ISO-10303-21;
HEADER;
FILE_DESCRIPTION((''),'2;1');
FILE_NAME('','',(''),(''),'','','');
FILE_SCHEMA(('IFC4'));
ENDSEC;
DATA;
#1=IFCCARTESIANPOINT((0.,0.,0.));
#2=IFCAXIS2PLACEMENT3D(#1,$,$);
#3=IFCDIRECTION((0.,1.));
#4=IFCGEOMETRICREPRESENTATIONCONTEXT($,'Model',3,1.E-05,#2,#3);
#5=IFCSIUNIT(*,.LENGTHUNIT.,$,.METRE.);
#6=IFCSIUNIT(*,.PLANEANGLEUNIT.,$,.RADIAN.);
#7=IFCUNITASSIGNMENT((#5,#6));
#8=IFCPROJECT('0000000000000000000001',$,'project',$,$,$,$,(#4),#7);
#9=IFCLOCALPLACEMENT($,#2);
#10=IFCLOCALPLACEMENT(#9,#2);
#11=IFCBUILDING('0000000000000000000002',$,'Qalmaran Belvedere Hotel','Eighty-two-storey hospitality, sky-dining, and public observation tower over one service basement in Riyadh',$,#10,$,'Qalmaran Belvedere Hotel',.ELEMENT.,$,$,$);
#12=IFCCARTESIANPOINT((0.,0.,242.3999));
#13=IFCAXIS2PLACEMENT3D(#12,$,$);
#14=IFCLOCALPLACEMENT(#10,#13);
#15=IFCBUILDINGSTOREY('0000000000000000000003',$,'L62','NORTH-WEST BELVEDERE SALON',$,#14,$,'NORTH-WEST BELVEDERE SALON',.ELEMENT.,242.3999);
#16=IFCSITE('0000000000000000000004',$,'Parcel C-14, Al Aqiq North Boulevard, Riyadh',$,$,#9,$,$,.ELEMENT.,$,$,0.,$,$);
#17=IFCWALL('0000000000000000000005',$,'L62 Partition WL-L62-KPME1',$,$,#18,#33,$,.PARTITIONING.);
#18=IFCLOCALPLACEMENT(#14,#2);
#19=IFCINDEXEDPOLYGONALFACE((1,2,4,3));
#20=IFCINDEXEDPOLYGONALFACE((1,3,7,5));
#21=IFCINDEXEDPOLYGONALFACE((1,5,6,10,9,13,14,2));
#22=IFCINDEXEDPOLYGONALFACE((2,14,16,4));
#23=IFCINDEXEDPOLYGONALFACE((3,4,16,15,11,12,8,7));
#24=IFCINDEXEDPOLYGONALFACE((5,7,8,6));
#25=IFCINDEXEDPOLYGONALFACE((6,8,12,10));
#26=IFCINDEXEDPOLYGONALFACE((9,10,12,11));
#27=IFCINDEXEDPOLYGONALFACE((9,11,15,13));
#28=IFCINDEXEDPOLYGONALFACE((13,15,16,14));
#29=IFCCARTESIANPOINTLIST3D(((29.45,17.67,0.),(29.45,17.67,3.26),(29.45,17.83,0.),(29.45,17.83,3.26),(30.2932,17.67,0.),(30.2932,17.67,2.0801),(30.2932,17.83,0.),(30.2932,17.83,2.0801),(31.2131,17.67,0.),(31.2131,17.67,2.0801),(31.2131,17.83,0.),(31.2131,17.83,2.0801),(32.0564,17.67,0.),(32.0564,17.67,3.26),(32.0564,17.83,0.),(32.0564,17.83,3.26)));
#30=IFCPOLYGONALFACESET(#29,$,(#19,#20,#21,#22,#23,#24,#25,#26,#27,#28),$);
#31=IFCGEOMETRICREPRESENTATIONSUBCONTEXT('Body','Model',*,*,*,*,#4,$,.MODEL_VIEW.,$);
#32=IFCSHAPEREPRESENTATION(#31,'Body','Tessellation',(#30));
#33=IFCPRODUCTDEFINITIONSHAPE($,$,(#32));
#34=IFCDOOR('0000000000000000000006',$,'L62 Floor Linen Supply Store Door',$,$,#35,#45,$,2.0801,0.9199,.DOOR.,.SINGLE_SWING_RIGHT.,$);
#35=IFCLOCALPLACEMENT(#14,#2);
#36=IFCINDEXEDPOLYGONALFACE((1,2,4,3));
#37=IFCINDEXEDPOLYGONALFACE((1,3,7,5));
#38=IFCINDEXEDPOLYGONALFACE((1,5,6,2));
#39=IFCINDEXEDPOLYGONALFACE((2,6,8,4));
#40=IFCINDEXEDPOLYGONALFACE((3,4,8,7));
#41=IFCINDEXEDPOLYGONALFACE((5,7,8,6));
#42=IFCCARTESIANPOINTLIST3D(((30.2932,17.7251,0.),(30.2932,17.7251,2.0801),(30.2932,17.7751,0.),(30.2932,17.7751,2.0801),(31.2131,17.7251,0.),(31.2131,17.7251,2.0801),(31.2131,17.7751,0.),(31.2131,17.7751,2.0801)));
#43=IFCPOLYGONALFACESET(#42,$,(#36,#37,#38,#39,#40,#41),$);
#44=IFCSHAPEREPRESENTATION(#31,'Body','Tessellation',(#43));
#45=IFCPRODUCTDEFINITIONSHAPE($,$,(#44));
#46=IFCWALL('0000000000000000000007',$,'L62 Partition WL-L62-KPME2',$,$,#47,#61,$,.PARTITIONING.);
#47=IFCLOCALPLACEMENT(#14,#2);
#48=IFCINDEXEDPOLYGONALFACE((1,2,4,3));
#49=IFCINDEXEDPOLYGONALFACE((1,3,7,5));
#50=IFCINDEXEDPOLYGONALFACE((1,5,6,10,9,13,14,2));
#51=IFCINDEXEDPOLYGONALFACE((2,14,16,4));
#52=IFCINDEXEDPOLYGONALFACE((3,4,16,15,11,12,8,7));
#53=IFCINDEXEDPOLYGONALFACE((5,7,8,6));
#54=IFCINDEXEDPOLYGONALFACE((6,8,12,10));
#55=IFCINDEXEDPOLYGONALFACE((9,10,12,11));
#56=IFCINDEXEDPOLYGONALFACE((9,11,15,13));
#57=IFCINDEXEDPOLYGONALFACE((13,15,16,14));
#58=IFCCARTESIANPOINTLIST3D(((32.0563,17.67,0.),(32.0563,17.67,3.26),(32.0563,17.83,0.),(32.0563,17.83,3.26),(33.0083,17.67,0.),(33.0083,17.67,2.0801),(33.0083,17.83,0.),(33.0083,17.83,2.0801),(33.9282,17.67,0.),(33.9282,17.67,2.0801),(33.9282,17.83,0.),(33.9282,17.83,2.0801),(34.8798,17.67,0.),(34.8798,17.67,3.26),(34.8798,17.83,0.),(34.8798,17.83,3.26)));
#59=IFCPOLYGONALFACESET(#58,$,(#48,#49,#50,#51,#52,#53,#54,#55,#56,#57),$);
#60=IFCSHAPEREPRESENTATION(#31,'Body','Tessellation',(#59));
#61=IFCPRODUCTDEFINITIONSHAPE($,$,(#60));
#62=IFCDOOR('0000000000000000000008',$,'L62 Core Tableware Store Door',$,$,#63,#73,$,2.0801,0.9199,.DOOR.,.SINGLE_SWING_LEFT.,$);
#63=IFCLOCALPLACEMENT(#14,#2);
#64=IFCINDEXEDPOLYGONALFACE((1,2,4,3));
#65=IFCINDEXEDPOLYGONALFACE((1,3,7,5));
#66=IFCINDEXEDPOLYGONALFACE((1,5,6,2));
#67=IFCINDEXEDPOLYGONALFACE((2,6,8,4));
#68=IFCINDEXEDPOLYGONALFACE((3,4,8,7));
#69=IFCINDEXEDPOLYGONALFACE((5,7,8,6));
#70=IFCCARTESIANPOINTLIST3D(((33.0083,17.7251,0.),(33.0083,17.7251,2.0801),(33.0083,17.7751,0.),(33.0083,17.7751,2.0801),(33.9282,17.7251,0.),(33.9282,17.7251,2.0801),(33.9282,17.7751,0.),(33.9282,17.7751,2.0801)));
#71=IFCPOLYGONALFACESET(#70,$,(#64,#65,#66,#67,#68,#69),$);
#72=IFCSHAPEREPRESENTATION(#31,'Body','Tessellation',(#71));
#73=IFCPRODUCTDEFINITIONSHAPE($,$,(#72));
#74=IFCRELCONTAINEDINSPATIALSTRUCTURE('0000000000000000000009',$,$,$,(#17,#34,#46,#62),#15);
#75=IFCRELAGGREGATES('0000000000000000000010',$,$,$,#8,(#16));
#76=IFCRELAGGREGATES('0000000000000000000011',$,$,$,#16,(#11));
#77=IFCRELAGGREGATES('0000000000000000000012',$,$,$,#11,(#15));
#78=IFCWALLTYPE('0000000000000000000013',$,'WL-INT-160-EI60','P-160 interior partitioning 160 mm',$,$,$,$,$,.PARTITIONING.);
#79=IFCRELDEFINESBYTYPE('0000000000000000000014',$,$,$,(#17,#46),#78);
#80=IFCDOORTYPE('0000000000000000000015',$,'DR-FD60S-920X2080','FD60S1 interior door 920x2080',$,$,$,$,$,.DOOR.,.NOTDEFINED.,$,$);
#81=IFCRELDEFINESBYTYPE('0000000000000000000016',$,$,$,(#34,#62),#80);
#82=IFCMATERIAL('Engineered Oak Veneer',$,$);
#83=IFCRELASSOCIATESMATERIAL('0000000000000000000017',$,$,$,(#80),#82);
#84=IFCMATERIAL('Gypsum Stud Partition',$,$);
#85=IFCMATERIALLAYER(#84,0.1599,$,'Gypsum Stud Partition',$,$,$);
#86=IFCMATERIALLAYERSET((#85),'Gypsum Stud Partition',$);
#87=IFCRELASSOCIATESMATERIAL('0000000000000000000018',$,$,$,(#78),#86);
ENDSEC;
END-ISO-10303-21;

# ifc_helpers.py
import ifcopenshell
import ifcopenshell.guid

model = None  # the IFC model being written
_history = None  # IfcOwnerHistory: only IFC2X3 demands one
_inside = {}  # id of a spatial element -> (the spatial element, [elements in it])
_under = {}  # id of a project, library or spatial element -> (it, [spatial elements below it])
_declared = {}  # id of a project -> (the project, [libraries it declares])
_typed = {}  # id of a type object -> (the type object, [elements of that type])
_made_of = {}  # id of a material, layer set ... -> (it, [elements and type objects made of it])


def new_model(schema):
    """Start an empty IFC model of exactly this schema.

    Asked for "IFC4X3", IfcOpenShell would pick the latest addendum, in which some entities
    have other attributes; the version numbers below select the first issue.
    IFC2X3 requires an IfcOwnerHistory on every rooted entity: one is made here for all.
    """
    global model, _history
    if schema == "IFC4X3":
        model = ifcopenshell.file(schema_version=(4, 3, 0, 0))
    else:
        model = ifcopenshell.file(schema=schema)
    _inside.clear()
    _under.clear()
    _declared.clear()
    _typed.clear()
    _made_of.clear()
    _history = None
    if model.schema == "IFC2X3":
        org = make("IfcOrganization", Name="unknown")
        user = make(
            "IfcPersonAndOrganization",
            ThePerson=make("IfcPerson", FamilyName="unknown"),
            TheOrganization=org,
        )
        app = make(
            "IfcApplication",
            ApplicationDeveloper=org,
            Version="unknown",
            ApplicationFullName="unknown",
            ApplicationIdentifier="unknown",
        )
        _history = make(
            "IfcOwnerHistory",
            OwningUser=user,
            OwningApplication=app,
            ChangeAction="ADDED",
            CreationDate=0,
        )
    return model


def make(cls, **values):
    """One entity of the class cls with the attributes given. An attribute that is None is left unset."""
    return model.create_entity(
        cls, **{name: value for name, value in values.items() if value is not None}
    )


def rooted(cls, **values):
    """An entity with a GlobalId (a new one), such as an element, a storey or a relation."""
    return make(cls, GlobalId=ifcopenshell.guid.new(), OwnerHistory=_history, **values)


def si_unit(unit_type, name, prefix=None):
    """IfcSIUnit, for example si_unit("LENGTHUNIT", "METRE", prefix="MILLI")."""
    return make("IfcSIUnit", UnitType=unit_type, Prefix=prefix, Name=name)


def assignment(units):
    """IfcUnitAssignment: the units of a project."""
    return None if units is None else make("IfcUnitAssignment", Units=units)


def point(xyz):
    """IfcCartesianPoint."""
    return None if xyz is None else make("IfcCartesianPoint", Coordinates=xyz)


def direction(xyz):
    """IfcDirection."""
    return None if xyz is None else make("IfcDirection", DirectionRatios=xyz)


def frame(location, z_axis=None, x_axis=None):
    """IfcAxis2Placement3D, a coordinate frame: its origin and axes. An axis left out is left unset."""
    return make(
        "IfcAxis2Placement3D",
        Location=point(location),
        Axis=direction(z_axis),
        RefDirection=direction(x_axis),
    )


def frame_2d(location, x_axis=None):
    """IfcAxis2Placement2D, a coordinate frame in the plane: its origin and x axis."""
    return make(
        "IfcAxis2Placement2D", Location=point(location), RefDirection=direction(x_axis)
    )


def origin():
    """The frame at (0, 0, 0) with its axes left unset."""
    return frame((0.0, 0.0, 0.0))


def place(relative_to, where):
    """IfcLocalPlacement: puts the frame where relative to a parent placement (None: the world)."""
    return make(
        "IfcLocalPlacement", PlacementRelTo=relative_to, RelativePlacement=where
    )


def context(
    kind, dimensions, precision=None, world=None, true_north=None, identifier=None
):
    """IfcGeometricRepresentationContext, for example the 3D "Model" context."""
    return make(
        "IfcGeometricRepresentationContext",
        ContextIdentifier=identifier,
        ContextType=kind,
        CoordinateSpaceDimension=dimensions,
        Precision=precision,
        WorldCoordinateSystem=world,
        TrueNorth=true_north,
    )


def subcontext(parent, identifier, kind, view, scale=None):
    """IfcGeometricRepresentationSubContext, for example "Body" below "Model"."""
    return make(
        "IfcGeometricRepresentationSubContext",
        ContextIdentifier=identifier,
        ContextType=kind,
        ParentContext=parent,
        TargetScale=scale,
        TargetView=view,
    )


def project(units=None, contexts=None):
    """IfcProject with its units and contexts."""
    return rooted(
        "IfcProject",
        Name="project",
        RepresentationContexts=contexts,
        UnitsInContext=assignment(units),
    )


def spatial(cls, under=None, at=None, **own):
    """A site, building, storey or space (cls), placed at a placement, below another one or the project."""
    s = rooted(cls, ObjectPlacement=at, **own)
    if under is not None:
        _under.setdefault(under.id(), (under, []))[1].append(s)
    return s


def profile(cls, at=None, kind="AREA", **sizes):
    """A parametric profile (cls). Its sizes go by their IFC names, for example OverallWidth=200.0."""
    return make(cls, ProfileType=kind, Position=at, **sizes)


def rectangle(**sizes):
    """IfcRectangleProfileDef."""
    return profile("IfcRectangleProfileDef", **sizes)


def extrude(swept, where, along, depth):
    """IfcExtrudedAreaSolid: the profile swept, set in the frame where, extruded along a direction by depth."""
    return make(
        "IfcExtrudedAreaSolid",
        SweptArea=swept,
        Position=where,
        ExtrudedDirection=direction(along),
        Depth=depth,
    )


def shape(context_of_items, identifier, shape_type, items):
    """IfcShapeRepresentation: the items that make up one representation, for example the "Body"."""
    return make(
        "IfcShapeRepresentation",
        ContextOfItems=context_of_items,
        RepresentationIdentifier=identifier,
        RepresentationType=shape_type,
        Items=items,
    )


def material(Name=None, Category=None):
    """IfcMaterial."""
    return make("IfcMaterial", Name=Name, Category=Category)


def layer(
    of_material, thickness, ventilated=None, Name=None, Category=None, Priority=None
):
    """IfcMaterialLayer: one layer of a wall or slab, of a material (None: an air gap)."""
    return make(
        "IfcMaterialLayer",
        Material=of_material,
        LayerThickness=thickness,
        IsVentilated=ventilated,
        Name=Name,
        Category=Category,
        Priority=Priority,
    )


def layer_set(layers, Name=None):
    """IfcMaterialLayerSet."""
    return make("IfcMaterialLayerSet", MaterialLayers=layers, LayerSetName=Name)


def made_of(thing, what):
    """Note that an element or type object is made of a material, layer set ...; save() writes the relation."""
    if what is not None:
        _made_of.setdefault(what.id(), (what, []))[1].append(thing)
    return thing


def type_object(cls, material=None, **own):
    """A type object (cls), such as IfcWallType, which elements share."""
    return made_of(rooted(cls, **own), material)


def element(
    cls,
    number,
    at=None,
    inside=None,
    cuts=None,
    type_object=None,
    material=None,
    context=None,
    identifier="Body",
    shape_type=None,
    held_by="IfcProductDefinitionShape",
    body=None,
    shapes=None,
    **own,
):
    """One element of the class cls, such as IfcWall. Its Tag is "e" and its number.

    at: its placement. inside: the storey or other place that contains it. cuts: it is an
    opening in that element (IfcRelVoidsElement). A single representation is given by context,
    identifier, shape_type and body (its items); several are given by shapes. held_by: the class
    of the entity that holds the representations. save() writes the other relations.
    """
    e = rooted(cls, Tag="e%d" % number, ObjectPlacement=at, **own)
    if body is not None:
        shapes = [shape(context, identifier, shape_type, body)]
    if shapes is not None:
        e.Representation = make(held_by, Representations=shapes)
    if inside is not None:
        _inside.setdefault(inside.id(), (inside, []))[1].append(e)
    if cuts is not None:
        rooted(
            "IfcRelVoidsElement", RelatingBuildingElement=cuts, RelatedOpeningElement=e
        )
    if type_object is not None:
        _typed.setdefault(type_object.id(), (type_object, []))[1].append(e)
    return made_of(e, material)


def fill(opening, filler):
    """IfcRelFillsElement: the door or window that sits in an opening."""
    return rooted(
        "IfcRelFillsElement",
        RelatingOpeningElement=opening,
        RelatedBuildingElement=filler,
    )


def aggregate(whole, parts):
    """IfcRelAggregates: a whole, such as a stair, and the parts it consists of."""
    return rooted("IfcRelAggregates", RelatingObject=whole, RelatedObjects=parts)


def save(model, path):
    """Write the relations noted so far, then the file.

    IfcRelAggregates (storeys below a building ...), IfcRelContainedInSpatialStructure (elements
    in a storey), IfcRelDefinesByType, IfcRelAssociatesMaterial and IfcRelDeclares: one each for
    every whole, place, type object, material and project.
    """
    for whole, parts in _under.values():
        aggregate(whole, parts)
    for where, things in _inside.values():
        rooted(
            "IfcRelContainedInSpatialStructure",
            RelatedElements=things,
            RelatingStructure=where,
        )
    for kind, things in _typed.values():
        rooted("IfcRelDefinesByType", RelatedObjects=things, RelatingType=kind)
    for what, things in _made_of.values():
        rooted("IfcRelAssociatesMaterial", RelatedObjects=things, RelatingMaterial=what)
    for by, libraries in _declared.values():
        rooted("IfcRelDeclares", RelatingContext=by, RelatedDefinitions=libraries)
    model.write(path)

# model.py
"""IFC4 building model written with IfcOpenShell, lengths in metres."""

from ifc_helpers import new_model, si_unit, direction, frame, frame_2d, origin, place, context, subcontext, project, spatial, rectangle, extrude, material, layer, layer_set, type_object, element, fill, save


model = new_model("IFC4")

# Units and contexts
model_context = context("Model", 3, precision=1e-05, world=origin(), true_north=direction((0.0, 1.0)))
body_context = subcontext(model_context, "Body", "Model", "MODEL_VIEW")
ifc_project = project(units=[si_unit("LENGTHUNIT", "METRE"), si_unit("PLANEANGLEUNIT", "RADIAN")], contexts=[model_context])

# Site, building, storey
site_placement = place(None, origin())
site = spatial("IfcSite", under=ifc_project, at=site_placement, Name="Parcel C-14, Al Aqiq North Boulevard, Riyadh", CompositionType="ELEMENT", RefElevation=0.0)
building_placement = place(site_placement, origin())
building = spatial("IfcBuilding", under=site, at=building_placement, Name="Qalmaran Belvedere Hotel", Description="Eighty-two-storey hospitality, sky-dining, and public observation tower over one service basement in Riyadh", LongName="Qalmaran Belvedere Hotel", CompositionType="ELEMENT")
storey_placement = place(building_placement, frame((0.0, 0.0, 242.3999)))
storey = spatial("IfcBuildingStorey", under=building, at=storey_placement, Name="L62", Description="NORTH-WEST BELVEDERE SALON", LongName="NORTH-WEST BELVEDERE SALON", CompositionType="ELEMENT", Elevation=242.3999)

# Shared definitions
ifc_material_1 = material(Name="Gypsum Stud Partition")

# Shared definitions
ifc_material_2 = material(Name="Engineered Oak Veneer")
door_type_1 = type_object("IfcDoorType", Name="DR-FD60S-920X2080", Description="FD60S1 interior door 920x2080", OperationType="NOTDEFINED", PredefinedType="DOOR", material=ifc_material_2)

# Walls, openings, doors
ifc_layer_1 = layer(ifc_material_1, 0.1599, Name="Gypsum Stud Partition")
ifc_layer_set_1 = layer_set([ifc_layer_1], Name="Gypsum Stud Partition")
wall_type_1 = type_object("IfcWallType", Name="WL-INT-160-EI60", Description="P-160 interior partitioning 160 mm", PredefinedType="PARTITIONING", material=ifc_layer_set_1)
wall_1_placement = place(storey_placement, frame((29.45, 17.75, 0.0), z_axis=(0.0, 0.0, 1.0), x_axis=(1.0, 0.0, 0.0)))
wall_1 = element("IfcWall", 1, at=wall_1_placement, inside=storey, type_object=wall_type_1, Name="L62 Partition WL-L62-KPME1", PredefinedType="PARTITIONING", context=body_context, shape_type="SweptSolid", body=[
    extrude(rectangle(XDim=2.6064, YDim=0.1599, at=frame_2d((1.3032, 0.0))), origin(), (0.0, 0.0, 1.0), 3.26),
])
opening_1_placement = place(wall_1_placement, frame((1.7632, 0.0, 0.0), z_axis=(0.0, 0.0, 1.0), x_axis=(-1.0, 0.0, 0.0)))
opening_1 = element("IfcOpeningElement", 2, at=opening_1_placement, cuts=wall_1, PredefinedType="OPENING", context=body_context, shape_type="SweptSolid", body=[
    extrude(rectangle(XDim=0.9199, YDim=2.0801, at=frame_2d((0.46, 1.04))), frame((0.0, 0.0898, 0.0), z_axis=(0.0, -1.0, 0.0), x_axis=(1.0, 0.0, 0.0)), (0.0, 0.0, 1.0), 0.1799),
])
door_1_placement = place(opening_1_placement, origin())
door_1 = element("IfcDoor", 3, at=door_1_placement, inside=storey, type_object=door_type_1, Name="L62 Floor Linen Supply Store Door", OperationType="SINGLE_SWING_RIGHT", OverallHeight=2.0801, OverallWidth=0.9199, PredefinedType="DOOR", context=body_context, shape_type="SweptSolid", body=[
    extrude(rectangle(XDim=0.9199, YDim=2.0801, at=frame_2d((0.46, 1.04))), frame((0.0, 0.0249, 0.0), z_axis=(0.0, -1.0, 0.0), x_axis=(1.0, 0.0, 0.0)), (0.0, 0.0, 1.0), 0.05),
])
fill(opening_1, door_1)
wall_2_placement = place(storey_placement, frame((32.0564, 17.75, 0.0), z_axis=(0.0, 0.0, 1.0), x_axis=(1.0, 0.0, 0.0)))
wall_2 = element("IfcWall", 4, at=wall_2_placement, inside=storey, type_object=wall_type_1, Name="L62 Partition WL-L62-KPME2", PredefinedType="PARTITIONING", context=body_context, shape_type="SweptSolid", body=[
    extrude(rectangle(XDim=2.8235, YDim=0.1599, at=frame_2d((1.4116, 0.0))), origin(), (0.0, 0.0, 1.0), 3.26),
])
opening_2_placement = place(wall_2_placement, frame((1.8718, 0.0, 0.0), z_axis=(0.0, 0.0, 1.0), x_axis=(-1.0, 0.0, 0.0)))
opening_2 = element("IfcOpeningElement", 5, at=opening_2_placement, cuts=wall_2, PredefinedType="OPENING", context=body_context, shape_type="SweptSolid", body=[
    extrude(rectangle(XDim=0.9199, YDim=2.0801, at=frame_2d((0.46, 1.04))), frame((0.0, 0.0898, 0.0), z_axis=(0.0, -1.0, 0.0), x_axis=(1.0, 0.0, 0.0)), (0.0, 0.0, 1.0), 0.1799),
])
door_2_placement = place(opening_2_placement, origin())
door_2 = element("IfcDoor", 6, at=door_2_placement, inside=storey, type_object=door_type_1, Name="L62 Core Tableware Store Door", OperationType="SINGLE_SWING_LEFT", OverallHeight=2.0801, OverallWidth=0.9199, PredefinedType="DOOR", context=body_context, shape_type="SweptSolid", body=[
    extrude(rectangle(XDim=0.9199, YDim=2.0801, at=frame_2d((0.46, 1.04))), frame((0.0, 0.0249, 0.0), z_axis=(0.0, -1.0, 0.0), x_axis=(1.0, 0.0, 0.0)), (0.0, 0.0, 1.0), 0.05),
])
fill(opening_2, door_2)

save(model, "model.ifc")
